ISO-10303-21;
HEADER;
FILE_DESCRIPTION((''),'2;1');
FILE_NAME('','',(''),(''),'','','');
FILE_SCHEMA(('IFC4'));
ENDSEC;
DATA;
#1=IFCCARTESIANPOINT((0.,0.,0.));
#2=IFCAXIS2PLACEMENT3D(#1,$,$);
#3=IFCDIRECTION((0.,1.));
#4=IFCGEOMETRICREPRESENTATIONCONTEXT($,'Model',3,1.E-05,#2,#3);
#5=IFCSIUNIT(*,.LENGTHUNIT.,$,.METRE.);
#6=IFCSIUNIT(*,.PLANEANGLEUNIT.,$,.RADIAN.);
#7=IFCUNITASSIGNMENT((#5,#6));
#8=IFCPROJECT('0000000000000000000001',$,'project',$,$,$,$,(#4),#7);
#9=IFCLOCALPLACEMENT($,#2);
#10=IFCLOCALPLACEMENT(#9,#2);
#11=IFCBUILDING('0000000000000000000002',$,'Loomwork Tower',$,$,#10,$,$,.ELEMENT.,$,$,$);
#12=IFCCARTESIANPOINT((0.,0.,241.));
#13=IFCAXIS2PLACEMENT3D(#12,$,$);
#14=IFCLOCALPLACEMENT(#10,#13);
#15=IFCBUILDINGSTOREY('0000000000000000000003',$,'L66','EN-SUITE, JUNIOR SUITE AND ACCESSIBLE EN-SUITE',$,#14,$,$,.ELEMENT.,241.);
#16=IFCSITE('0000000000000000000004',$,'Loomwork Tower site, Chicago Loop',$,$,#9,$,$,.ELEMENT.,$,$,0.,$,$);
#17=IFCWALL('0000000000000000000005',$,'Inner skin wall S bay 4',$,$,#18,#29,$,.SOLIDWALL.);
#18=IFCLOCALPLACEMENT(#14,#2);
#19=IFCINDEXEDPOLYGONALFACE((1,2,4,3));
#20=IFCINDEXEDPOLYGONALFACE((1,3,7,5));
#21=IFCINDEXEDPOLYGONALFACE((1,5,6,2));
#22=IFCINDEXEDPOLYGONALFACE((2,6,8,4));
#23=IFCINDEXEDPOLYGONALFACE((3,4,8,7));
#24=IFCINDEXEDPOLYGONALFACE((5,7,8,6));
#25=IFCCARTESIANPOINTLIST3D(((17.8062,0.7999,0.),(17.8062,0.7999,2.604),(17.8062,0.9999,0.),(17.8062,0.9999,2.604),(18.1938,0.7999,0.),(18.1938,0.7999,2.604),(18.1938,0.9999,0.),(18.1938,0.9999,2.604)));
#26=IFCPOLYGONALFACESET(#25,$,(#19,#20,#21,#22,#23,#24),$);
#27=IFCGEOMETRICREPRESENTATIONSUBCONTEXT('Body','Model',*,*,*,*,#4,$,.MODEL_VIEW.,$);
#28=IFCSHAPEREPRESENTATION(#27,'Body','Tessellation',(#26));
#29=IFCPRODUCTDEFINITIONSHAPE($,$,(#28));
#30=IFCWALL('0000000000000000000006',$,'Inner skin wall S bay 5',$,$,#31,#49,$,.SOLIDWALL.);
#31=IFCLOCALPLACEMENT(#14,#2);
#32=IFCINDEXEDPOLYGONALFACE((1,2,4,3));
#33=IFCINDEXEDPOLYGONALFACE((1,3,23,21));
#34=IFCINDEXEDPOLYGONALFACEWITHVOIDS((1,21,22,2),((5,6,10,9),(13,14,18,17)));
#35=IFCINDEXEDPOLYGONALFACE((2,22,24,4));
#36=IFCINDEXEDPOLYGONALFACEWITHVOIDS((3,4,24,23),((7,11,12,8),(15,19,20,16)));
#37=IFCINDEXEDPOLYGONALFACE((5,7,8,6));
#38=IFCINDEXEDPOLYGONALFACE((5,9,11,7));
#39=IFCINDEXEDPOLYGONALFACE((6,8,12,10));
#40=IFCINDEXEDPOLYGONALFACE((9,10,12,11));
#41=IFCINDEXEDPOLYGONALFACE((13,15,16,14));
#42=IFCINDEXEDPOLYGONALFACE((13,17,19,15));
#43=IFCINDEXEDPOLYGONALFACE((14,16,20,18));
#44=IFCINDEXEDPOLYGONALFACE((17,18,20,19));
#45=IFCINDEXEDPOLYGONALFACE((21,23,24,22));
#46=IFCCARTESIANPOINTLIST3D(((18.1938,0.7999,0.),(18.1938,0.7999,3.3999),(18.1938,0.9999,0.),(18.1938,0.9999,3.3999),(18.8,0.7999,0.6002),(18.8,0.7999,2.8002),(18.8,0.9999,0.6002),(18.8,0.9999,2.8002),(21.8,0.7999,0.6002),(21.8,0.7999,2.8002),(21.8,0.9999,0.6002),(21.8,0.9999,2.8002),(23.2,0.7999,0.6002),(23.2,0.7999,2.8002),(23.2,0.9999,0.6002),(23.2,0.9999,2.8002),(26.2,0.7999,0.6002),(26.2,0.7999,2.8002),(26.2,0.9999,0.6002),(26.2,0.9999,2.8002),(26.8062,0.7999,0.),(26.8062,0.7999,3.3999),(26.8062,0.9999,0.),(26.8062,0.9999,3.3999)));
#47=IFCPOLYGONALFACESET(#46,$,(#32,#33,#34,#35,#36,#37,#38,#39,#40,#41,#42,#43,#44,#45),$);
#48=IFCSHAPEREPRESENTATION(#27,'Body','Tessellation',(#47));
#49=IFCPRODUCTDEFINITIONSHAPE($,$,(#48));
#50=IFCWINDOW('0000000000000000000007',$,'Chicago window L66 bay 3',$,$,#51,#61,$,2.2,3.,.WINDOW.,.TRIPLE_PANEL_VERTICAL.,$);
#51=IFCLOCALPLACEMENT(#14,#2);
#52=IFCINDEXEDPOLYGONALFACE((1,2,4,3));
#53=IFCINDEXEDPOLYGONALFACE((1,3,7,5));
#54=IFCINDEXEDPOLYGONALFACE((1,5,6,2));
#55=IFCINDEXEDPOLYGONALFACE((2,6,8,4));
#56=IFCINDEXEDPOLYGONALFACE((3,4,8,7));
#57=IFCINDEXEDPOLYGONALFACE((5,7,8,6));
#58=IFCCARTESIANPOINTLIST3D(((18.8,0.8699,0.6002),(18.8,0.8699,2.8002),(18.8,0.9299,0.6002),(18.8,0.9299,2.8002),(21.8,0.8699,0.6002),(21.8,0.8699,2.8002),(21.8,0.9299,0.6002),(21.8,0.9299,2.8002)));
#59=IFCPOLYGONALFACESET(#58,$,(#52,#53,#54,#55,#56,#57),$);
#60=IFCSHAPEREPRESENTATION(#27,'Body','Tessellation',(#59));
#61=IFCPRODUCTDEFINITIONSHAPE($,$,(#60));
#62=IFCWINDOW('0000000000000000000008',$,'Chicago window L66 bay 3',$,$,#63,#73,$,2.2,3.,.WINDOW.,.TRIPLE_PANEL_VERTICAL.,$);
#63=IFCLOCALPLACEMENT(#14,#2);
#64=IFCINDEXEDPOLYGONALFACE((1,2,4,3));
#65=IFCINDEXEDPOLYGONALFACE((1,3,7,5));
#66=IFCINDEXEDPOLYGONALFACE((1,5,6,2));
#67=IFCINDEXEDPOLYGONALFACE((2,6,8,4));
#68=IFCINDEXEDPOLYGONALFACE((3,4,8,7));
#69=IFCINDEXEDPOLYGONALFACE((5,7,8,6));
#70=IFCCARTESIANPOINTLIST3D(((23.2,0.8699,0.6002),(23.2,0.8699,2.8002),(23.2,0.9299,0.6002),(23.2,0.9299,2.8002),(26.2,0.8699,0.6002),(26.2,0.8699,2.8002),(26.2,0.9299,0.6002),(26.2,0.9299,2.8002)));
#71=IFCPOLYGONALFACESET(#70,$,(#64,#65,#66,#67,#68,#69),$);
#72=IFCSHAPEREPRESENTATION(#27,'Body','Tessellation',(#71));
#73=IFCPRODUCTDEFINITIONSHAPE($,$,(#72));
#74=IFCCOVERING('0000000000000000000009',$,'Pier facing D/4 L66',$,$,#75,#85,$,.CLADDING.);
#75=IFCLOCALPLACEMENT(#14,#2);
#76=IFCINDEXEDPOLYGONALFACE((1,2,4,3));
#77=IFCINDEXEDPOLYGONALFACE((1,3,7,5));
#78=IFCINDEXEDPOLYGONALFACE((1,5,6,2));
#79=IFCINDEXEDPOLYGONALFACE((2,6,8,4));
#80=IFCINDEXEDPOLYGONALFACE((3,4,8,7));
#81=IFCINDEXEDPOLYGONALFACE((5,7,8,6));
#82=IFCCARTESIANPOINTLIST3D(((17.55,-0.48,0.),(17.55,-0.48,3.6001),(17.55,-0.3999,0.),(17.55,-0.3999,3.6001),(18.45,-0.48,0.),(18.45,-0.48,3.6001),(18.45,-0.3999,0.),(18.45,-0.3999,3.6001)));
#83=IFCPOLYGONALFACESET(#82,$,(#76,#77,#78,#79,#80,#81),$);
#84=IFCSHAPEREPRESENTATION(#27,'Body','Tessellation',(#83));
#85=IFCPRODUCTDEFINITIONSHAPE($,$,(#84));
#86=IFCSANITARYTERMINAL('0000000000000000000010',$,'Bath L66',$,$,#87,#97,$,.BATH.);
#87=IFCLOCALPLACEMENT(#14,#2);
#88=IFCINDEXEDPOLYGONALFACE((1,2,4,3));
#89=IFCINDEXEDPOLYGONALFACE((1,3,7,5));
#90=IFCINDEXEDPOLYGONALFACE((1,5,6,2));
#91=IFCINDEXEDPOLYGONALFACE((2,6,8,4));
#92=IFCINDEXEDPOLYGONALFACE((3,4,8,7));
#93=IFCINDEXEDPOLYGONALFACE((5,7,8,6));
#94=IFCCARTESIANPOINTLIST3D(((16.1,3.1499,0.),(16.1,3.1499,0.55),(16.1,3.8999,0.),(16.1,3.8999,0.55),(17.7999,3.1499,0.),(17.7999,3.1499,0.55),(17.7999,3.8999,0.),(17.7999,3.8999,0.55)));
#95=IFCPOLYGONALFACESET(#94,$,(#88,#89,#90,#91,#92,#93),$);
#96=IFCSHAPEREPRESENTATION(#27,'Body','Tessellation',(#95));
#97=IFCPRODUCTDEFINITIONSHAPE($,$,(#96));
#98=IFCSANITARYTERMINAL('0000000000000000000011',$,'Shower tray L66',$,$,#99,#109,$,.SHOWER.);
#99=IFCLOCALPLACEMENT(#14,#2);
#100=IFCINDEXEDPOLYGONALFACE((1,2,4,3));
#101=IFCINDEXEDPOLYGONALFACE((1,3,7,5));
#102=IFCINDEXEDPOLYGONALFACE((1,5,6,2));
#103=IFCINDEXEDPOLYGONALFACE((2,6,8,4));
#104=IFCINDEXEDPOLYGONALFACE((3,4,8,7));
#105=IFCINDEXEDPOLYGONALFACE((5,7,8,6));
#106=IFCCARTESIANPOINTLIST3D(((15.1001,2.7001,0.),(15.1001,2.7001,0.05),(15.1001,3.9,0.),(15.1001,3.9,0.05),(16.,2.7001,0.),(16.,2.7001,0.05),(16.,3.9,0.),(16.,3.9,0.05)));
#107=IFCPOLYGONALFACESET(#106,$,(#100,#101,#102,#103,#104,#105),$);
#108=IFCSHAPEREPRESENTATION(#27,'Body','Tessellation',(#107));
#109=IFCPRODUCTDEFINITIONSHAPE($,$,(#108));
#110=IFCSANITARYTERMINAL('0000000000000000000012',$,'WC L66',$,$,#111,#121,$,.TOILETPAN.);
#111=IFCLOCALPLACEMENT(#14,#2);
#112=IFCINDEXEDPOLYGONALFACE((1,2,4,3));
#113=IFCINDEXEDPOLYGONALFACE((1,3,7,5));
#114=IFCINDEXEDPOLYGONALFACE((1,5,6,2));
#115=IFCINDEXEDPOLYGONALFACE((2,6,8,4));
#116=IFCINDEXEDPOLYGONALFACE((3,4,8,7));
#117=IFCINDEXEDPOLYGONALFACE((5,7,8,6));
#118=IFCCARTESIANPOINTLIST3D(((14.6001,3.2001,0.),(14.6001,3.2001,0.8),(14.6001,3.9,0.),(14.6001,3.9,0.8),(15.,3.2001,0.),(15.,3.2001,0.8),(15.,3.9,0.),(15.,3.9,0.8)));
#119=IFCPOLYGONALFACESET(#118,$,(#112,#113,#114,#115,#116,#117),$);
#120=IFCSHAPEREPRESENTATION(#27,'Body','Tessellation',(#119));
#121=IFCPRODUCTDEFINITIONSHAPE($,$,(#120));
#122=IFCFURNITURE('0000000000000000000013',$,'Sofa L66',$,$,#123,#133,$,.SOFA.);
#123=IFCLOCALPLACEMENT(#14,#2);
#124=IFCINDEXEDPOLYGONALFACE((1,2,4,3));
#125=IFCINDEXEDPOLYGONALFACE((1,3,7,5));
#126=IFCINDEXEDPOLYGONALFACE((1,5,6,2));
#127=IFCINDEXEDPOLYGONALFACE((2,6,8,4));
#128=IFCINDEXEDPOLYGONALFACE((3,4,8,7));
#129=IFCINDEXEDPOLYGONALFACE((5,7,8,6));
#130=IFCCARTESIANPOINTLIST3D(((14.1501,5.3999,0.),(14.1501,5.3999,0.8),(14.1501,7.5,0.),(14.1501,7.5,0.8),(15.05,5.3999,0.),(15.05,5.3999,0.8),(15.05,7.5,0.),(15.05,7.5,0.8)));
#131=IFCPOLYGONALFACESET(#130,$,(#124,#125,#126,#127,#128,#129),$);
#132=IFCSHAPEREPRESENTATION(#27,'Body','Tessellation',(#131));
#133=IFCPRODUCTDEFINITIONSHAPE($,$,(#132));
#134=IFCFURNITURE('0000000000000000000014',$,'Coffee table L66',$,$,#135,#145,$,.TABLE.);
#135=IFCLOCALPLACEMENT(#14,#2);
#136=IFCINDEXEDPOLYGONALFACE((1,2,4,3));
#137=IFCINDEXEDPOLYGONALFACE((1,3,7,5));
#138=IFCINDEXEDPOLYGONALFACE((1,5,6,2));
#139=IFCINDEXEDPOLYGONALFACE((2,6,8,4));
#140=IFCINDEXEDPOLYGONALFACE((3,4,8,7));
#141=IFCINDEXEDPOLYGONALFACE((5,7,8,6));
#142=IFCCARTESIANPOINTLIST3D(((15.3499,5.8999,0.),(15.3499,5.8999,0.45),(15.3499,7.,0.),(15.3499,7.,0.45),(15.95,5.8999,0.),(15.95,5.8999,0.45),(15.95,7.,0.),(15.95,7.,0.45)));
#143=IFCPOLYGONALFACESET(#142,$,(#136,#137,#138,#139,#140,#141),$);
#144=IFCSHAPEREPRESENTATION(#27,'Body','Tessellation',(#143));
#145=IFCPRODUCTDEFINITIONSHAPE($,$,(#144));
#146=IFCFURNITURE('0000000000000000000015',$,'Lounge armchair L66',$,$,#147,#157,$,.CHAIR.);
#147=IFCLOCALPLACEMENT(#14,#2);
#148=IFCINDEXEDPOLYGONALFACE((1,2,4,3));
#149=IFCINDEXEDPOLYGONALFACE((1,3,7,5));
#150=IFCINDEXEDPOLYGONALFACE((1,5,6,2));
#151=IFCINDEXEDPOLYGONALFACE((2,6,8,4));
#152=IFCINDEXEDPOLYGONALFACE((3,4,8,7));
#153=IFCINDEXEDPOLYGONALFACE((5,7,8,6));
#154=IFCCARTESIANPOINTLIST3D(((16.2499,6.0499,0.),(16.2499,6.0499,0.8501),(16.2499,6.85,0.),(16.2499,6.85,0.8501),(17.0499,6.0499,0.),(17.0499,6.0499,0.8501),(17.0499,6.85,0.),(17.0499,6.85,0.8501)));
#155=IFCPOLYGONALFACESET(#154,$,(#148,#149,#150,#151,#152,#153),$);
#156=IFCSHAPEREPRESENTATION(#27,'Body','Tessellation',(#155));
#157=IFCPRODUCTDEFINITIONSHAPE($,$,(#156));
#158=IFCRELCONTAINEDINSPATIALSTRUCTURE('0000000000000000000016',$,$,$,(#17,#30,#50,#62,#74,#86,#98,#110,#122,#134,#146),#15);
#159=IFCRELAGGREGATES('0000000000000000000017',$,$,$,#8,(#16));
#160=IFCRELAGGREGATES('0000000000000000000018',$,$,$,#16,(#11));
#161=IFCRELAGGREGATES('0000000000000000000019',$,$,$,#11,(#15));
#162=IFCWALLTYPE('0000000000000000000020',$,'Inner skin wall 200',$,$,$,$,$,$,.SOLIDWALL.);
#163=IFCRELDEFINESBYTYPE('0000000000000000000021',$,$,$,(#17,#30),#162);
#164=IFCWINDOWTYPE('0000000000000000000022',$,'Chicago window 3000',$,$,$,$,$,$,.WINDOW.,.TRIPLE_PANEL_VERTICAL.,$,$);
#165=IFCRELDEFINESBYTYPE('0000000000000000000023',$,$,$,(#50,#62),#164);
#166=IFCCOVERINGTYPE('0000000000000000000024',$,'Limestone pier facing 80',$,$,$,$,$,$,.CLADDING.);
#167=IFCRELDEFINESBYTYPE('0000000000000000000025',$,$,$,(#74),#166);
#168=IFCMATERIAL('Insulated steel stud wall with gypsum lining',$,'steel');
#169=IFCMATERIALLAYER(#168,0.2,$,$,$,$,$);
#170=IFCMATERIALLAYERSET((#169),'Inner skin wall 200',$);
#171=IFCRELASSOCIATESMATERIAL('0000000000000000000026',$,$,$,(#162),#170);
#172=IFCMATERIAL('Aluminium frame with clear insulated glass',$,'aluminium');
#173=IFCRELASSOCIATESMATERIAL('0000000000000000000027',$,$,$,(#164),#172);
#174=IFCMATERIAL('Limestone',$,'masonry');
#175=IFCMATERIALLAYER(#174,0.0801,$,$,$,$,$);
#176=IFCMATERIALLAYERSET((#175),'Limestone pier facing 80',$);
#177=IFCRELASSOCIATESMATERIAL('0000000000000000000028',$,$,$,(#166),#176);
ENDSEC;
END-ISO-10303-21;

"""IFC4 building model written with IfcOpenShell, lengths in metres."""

from ifc_helpers import new_model, si_unit, direction, frame, frame_2d, origin, origin_2d, place, context, subcontext, project, spatial, rectangle, extrude, material, layer, layer_set, type_object, element, fill, save


model = new_model("IFC4")

# Units and contexts
model_context = context("Model", 3, precision=1e-05, world=origin(), true_north=direction((0.0, 1.0)))
body_context = subcontext(model_context, "Body", "Model", "MODEL_VIEW")
ifc_project = project(units=[si_unit("LENGTHUNIT", "METRE"), si_unit("PLANEANGLEUNIT", "RADIAN")], contexts=[model_context])

# Site, building, storey
site_placement = place(None, origin())
site = spatial("IfcSite", under=ifc_project, at=site_placement, Name="Loomwork Tower site, Chicago Loop", CompositionType="ELEMENT", RefElevation=0.0)
building_placement = place(site_placement, origin())
building = spatial("IfcBuilding", under=site, at=building_placement, Name="Loomwork Tower", CompositionType="ELEMENT")
storey_placement = place(building_placement, frame((0.0, 0.0, 241.0)))
storey = spatial("IfcBuildingStorey", under=building, at=storey_placement, Name="L66", Description="EN-SUITE, JUNIOR SUITE AND ACCESSIBLE EN-SUITE", CompositionType="ELEMENT", Elevation=241.0)

# Wall
ifc_material_1 = material(Name="Insulated steel stud wall with gypsum lining", Category="steel")
ifc_layer_1 = layer(ifc_material_1, 0.2)
ifc_layer_set_1 = layer_set([ifc_layer_1], Name="Inner skin wall 200")
wall_type_1 = type_object("IfcWallType", Name="Inner skin wall 200", PredefinedType="SOLIDWALL", material=ifc_layer_set_1)
wall_1_placement = place(storey_placement, frame((17.8062, 0.8999, 0.0), z_axis=(0.0, 0.0, 1.0), x_axis=(1.0, 0.0, 0.0)))
element("IfcWall", 1, at=wall_1_placement, inside=storey, type_object=wall_type_1, Name="Inner skin wall S bay 4", PredefinedType="SOLIDWALL", context=body_context, shape_type="SweptSolid", body=[
    extrude(rectangle(XDim=0.3877, YDim=0.2, at=frame_2d((0.1938, 0.0))), origin(), (0.0, 0.0, 1.0), 2.604),
])

# Wall, openings, windows
wall_2_placement = place(storey_placement, frame((18.1938, 0.8999, 0.0), z_axis=(0.0, 0.0, 1.0), x_axis=(1.0, 0.0, 0.0)))
wall_2 = element("IfcWall", 2, at=wall_2_placement, inside=storey, type_object=wall_type_1, Name="Inner skin wall S bay 5", PredefinedType="SOLIDWALL", context=body_context, shape_type="SweptSolid", body=[
    extrude(rectangle(XDim=8.6123, YDim=0.2, at=frame_2d((4.3062, 0.0))), origin(), (0.0, 0.0, 1.0), 3.3999),
])
opening_1_placement = place(wall_2_placement, frame((0.6062, 0.0, 0.6001)))
opening_1 = element("IfcOpeningElement", 3, at=opening_1_placement, cuts=wall_2, PredefinedType="OPENING", context=body_context, shape_type="SweptSolid", body=[
    extrude(rectangle(XDim=3.0, YDim=2.2, at=frame_2d((1.5, 1.1001))), frame((0.0, 0.1099, 0.0), z_axis=(0.0, -1.0, 0.0), x_axis=(1.0, 0.0, 0.0)), (0.0, 0.0, 1.0), 0.22),
])
opening_2_placement = place(wall_2_placement, frame((5.0061, 0.0, 0.6001)))
opening_2 = element("IfcOpeningElement", 4, at=opening_2_placement, cuts=wall_2, PredefinedType="OPENING", context=body_context, shape_type="SweptSolid", body=[
    extrude(rectangle(XDim=3.0, YDim=2.2, at=frame_2d((1.5, 1.1001))), frame((0.0, 0.1099, 0.0), z_axis=(0.0, -1.0, 0.0), x_axis=(1.0, 0.0, 0.0)), (0.0, 0.0, 1.0), 0.22),
])
ifc_material_2 = material(Name="Aluminium frame with clear insulated glass", Category="aluminium")
window_type = type_object("IfcWindowType", Name="Chicago window 3000", PartitioningType="TRIPLE_PANEL_VERTICAL", PredefinedType="WINDOW", material=ifc_material_2)
window_1_placement = place(opening_1_placement, origin())
window_1 = element("IfcWindow", 5, at=window_1_placement, inside=storey, type_object=window_type, Name="Chicago window L66 bay 3", OverallHeight=2.2, OverallWidth=3.0, PartitioningType="TRIPLE_PANEL_VERTICAL", PredefinedType="WINDOW", context=body_context, shape_type="SweptSolid", body=[
    extrude(rectangle(XDim=3.0, YDim=2.2, at=frame_2d((1.5, 1.1001))), frame((0.0, 0.03, 0.0), z_axis=(0.0, -1.0, 0.0), x_axis=(1.0, 0.0, 0.0)), (0.0, 0.0, 1.0), 0.0601),
])
fill(opening_1, window_1)
window_2_placement = place(opening_2_placement, origin())
window_2 = element("IfcWindow", 6, at=window_2_placement, inside=storey, type_object=window_type, Name="Chicago window L66 bay 3", OverallHeight=2.2, OverallWidth=3.0, PartitioningType="TRIPLE_PANEL_VERTICAL", PredefinedType="WINDOW", context=body_context, shape_type="SweptSolid", body=[
    extrude(rectangle(XDim=3.0, YDim=2.2, at=frame_2d((1.5, 1.1001))), frame((0.0, 0.03, 0.0), z_axis=(0.0, -1.0, 0.0), x_axis=(1.0, 0.0, 0.0)), (0.0, 0.0, 1.0), 0.0601),
])
fill(opening_2, window_2)

# Covering
ifc_material_3 = material(Name="Limestone", Category="masonry")
ifc_layer_2 = layer(ifc_material_3, 0.0801)
ifc_layer_set_2 = layer_set([ifc_layer_2], Name="Limestone pier facing 80")
covering_type = type_object("IfcCoveringType", Name="Limestone pier facing 80", PredefinedType="CLADDING", material=ifc_layer_set_2)
covering_placement = place(storey_placement, frame((18.0, -0.4399, 0.0), z_axis=(0.0, 0.0, 1.0), x_axis=(1.0, 0.0, 0.0)))
element("IfcCovering", 7, at=covering_placement, inside=storey, type_object=covering_type, Name="Pier facing D/4 L66", PredefinedType="CLADDING", context=body_context, shape_type="SweptSolid", body=[
    extrude(rectangle(XDim=0.8999, YDim=0.0801, at=origin_2d()), origin(), (0.0, 0.0, 1.0), 3.6001),
])

# Sanitary terminals
sanitary_terminal_1_placement = place(storey_placement, frame((16.95, 3.5249, 0.0), z_axis=(0.0, 0.0, 1.0), x_axis=(1.0, 0.0, 0.0)))
element("IfcSanitaryTerminal", 8, at=sanitary_terminal_1_placement, inside=storey, Name="Bath L66", PredefinedType="BATH", context=body_context, shape_type="SweptSolid", body=[
    extrude(rectangle(XDim=1.7, YDim=0.75, at=origin_2d()), origin(), (0.0, 0.0, 1.0), 0.55),
])
sanitary_terminal_2_placement = place(storey_placement, frame((15.55, 3.3, 0.0), z_axis=(0.0, 0.0, 1.0), x_axis=(1.0, 0.0, 0.0)))
element("IfcSanitaryTerminal", 9, at=sanitary_terminal_2_placement, inside=storey, Name="Shower tray L66", PredefinedType="SHOWER", context=body_context, shape_type="SweptSolid", body=[
    extrude(rectangle(XDim=0.8999, YDim=1.2, at=origin_2d()), origin(), (0.0, 0.0, 1.0), 0.05),
])
sanitary_terminal_3_placement = place(storey_placement, frame((14.8, 3.55, 0.0), z_axis=(0.0, 0.0, 1.0), x_axis=(1.0, 0.0, 0.0)))
element("IfcSanitaryTerminal", 10, at=sanitary_terminal_3_placement, inside=storey, Name="WC L66", PredefinedType="TOILETPAN", context=body_context, shape_type="SweptSolid", body=[
    extrude(rectangle(XDim=0.3999, YDim=0.7, at=origin_2d()), origin(), (0.0, 0.0, 1.0), 0.8),
])

# Furniture
furniture_1_placement = place(storey_placement, frame((14.6001, 6.45, 0.0), z_axis=(0.0, 0.0, 1.0), x_axis=(1.0, 0.0, 0.0)))
element("IfcFurniture", 11, at=furniture_1_placement, inside=storey, Name="Sofa L66", PredefinedType="SOFA", context=body_context, shape_type="SweptSolid", body=[
    extrude(rectangle(XDim=0.8999, YDim=2.1001, at=origin_2d()), origin(), (0.0, 0.0, 1.0), 0.8),
])
furniture_2_placement = place(storey_placement, frame((15.6499, 6.45, 0.0), z_axis=(0.0, 0.0, 1.0), x_axis=(1.0, 0.0, 0.0)))
element("IfcFurniture", 12, at=furniture_2_placement, inside=storey, Name="Coffee table L66", PredefinedType="TABLE", context=body_context, shape_type="SweptSolid", body=[
    extrude(rectangle(XDim=0.6001, YDim=1.1001, at=origin_2d()), origin(), (0.0, 0.0, 1.0), 0.45),
])
furniture_3_placement = place(storey_placement, frame((16.6499, 6.45, 0.0), z_axis=(0.0, 0.0, 1.0), x_axis=(1.0, 0.0, 0.0)))
element("IfcFurniture", 13, at=furniture_3_placement, inside=storey, Name="Lounge armchair L66", PredefinedType="CHAIR", context=body_context, shape_type="SweptSolid", body=[
    extrude(rectangle(XDim=0.8, YDim=0.8, at=origin_2d()), origin(), (0.0, 0.0, 1.0), 0.8501),
])

save(model, "model.ifc")
